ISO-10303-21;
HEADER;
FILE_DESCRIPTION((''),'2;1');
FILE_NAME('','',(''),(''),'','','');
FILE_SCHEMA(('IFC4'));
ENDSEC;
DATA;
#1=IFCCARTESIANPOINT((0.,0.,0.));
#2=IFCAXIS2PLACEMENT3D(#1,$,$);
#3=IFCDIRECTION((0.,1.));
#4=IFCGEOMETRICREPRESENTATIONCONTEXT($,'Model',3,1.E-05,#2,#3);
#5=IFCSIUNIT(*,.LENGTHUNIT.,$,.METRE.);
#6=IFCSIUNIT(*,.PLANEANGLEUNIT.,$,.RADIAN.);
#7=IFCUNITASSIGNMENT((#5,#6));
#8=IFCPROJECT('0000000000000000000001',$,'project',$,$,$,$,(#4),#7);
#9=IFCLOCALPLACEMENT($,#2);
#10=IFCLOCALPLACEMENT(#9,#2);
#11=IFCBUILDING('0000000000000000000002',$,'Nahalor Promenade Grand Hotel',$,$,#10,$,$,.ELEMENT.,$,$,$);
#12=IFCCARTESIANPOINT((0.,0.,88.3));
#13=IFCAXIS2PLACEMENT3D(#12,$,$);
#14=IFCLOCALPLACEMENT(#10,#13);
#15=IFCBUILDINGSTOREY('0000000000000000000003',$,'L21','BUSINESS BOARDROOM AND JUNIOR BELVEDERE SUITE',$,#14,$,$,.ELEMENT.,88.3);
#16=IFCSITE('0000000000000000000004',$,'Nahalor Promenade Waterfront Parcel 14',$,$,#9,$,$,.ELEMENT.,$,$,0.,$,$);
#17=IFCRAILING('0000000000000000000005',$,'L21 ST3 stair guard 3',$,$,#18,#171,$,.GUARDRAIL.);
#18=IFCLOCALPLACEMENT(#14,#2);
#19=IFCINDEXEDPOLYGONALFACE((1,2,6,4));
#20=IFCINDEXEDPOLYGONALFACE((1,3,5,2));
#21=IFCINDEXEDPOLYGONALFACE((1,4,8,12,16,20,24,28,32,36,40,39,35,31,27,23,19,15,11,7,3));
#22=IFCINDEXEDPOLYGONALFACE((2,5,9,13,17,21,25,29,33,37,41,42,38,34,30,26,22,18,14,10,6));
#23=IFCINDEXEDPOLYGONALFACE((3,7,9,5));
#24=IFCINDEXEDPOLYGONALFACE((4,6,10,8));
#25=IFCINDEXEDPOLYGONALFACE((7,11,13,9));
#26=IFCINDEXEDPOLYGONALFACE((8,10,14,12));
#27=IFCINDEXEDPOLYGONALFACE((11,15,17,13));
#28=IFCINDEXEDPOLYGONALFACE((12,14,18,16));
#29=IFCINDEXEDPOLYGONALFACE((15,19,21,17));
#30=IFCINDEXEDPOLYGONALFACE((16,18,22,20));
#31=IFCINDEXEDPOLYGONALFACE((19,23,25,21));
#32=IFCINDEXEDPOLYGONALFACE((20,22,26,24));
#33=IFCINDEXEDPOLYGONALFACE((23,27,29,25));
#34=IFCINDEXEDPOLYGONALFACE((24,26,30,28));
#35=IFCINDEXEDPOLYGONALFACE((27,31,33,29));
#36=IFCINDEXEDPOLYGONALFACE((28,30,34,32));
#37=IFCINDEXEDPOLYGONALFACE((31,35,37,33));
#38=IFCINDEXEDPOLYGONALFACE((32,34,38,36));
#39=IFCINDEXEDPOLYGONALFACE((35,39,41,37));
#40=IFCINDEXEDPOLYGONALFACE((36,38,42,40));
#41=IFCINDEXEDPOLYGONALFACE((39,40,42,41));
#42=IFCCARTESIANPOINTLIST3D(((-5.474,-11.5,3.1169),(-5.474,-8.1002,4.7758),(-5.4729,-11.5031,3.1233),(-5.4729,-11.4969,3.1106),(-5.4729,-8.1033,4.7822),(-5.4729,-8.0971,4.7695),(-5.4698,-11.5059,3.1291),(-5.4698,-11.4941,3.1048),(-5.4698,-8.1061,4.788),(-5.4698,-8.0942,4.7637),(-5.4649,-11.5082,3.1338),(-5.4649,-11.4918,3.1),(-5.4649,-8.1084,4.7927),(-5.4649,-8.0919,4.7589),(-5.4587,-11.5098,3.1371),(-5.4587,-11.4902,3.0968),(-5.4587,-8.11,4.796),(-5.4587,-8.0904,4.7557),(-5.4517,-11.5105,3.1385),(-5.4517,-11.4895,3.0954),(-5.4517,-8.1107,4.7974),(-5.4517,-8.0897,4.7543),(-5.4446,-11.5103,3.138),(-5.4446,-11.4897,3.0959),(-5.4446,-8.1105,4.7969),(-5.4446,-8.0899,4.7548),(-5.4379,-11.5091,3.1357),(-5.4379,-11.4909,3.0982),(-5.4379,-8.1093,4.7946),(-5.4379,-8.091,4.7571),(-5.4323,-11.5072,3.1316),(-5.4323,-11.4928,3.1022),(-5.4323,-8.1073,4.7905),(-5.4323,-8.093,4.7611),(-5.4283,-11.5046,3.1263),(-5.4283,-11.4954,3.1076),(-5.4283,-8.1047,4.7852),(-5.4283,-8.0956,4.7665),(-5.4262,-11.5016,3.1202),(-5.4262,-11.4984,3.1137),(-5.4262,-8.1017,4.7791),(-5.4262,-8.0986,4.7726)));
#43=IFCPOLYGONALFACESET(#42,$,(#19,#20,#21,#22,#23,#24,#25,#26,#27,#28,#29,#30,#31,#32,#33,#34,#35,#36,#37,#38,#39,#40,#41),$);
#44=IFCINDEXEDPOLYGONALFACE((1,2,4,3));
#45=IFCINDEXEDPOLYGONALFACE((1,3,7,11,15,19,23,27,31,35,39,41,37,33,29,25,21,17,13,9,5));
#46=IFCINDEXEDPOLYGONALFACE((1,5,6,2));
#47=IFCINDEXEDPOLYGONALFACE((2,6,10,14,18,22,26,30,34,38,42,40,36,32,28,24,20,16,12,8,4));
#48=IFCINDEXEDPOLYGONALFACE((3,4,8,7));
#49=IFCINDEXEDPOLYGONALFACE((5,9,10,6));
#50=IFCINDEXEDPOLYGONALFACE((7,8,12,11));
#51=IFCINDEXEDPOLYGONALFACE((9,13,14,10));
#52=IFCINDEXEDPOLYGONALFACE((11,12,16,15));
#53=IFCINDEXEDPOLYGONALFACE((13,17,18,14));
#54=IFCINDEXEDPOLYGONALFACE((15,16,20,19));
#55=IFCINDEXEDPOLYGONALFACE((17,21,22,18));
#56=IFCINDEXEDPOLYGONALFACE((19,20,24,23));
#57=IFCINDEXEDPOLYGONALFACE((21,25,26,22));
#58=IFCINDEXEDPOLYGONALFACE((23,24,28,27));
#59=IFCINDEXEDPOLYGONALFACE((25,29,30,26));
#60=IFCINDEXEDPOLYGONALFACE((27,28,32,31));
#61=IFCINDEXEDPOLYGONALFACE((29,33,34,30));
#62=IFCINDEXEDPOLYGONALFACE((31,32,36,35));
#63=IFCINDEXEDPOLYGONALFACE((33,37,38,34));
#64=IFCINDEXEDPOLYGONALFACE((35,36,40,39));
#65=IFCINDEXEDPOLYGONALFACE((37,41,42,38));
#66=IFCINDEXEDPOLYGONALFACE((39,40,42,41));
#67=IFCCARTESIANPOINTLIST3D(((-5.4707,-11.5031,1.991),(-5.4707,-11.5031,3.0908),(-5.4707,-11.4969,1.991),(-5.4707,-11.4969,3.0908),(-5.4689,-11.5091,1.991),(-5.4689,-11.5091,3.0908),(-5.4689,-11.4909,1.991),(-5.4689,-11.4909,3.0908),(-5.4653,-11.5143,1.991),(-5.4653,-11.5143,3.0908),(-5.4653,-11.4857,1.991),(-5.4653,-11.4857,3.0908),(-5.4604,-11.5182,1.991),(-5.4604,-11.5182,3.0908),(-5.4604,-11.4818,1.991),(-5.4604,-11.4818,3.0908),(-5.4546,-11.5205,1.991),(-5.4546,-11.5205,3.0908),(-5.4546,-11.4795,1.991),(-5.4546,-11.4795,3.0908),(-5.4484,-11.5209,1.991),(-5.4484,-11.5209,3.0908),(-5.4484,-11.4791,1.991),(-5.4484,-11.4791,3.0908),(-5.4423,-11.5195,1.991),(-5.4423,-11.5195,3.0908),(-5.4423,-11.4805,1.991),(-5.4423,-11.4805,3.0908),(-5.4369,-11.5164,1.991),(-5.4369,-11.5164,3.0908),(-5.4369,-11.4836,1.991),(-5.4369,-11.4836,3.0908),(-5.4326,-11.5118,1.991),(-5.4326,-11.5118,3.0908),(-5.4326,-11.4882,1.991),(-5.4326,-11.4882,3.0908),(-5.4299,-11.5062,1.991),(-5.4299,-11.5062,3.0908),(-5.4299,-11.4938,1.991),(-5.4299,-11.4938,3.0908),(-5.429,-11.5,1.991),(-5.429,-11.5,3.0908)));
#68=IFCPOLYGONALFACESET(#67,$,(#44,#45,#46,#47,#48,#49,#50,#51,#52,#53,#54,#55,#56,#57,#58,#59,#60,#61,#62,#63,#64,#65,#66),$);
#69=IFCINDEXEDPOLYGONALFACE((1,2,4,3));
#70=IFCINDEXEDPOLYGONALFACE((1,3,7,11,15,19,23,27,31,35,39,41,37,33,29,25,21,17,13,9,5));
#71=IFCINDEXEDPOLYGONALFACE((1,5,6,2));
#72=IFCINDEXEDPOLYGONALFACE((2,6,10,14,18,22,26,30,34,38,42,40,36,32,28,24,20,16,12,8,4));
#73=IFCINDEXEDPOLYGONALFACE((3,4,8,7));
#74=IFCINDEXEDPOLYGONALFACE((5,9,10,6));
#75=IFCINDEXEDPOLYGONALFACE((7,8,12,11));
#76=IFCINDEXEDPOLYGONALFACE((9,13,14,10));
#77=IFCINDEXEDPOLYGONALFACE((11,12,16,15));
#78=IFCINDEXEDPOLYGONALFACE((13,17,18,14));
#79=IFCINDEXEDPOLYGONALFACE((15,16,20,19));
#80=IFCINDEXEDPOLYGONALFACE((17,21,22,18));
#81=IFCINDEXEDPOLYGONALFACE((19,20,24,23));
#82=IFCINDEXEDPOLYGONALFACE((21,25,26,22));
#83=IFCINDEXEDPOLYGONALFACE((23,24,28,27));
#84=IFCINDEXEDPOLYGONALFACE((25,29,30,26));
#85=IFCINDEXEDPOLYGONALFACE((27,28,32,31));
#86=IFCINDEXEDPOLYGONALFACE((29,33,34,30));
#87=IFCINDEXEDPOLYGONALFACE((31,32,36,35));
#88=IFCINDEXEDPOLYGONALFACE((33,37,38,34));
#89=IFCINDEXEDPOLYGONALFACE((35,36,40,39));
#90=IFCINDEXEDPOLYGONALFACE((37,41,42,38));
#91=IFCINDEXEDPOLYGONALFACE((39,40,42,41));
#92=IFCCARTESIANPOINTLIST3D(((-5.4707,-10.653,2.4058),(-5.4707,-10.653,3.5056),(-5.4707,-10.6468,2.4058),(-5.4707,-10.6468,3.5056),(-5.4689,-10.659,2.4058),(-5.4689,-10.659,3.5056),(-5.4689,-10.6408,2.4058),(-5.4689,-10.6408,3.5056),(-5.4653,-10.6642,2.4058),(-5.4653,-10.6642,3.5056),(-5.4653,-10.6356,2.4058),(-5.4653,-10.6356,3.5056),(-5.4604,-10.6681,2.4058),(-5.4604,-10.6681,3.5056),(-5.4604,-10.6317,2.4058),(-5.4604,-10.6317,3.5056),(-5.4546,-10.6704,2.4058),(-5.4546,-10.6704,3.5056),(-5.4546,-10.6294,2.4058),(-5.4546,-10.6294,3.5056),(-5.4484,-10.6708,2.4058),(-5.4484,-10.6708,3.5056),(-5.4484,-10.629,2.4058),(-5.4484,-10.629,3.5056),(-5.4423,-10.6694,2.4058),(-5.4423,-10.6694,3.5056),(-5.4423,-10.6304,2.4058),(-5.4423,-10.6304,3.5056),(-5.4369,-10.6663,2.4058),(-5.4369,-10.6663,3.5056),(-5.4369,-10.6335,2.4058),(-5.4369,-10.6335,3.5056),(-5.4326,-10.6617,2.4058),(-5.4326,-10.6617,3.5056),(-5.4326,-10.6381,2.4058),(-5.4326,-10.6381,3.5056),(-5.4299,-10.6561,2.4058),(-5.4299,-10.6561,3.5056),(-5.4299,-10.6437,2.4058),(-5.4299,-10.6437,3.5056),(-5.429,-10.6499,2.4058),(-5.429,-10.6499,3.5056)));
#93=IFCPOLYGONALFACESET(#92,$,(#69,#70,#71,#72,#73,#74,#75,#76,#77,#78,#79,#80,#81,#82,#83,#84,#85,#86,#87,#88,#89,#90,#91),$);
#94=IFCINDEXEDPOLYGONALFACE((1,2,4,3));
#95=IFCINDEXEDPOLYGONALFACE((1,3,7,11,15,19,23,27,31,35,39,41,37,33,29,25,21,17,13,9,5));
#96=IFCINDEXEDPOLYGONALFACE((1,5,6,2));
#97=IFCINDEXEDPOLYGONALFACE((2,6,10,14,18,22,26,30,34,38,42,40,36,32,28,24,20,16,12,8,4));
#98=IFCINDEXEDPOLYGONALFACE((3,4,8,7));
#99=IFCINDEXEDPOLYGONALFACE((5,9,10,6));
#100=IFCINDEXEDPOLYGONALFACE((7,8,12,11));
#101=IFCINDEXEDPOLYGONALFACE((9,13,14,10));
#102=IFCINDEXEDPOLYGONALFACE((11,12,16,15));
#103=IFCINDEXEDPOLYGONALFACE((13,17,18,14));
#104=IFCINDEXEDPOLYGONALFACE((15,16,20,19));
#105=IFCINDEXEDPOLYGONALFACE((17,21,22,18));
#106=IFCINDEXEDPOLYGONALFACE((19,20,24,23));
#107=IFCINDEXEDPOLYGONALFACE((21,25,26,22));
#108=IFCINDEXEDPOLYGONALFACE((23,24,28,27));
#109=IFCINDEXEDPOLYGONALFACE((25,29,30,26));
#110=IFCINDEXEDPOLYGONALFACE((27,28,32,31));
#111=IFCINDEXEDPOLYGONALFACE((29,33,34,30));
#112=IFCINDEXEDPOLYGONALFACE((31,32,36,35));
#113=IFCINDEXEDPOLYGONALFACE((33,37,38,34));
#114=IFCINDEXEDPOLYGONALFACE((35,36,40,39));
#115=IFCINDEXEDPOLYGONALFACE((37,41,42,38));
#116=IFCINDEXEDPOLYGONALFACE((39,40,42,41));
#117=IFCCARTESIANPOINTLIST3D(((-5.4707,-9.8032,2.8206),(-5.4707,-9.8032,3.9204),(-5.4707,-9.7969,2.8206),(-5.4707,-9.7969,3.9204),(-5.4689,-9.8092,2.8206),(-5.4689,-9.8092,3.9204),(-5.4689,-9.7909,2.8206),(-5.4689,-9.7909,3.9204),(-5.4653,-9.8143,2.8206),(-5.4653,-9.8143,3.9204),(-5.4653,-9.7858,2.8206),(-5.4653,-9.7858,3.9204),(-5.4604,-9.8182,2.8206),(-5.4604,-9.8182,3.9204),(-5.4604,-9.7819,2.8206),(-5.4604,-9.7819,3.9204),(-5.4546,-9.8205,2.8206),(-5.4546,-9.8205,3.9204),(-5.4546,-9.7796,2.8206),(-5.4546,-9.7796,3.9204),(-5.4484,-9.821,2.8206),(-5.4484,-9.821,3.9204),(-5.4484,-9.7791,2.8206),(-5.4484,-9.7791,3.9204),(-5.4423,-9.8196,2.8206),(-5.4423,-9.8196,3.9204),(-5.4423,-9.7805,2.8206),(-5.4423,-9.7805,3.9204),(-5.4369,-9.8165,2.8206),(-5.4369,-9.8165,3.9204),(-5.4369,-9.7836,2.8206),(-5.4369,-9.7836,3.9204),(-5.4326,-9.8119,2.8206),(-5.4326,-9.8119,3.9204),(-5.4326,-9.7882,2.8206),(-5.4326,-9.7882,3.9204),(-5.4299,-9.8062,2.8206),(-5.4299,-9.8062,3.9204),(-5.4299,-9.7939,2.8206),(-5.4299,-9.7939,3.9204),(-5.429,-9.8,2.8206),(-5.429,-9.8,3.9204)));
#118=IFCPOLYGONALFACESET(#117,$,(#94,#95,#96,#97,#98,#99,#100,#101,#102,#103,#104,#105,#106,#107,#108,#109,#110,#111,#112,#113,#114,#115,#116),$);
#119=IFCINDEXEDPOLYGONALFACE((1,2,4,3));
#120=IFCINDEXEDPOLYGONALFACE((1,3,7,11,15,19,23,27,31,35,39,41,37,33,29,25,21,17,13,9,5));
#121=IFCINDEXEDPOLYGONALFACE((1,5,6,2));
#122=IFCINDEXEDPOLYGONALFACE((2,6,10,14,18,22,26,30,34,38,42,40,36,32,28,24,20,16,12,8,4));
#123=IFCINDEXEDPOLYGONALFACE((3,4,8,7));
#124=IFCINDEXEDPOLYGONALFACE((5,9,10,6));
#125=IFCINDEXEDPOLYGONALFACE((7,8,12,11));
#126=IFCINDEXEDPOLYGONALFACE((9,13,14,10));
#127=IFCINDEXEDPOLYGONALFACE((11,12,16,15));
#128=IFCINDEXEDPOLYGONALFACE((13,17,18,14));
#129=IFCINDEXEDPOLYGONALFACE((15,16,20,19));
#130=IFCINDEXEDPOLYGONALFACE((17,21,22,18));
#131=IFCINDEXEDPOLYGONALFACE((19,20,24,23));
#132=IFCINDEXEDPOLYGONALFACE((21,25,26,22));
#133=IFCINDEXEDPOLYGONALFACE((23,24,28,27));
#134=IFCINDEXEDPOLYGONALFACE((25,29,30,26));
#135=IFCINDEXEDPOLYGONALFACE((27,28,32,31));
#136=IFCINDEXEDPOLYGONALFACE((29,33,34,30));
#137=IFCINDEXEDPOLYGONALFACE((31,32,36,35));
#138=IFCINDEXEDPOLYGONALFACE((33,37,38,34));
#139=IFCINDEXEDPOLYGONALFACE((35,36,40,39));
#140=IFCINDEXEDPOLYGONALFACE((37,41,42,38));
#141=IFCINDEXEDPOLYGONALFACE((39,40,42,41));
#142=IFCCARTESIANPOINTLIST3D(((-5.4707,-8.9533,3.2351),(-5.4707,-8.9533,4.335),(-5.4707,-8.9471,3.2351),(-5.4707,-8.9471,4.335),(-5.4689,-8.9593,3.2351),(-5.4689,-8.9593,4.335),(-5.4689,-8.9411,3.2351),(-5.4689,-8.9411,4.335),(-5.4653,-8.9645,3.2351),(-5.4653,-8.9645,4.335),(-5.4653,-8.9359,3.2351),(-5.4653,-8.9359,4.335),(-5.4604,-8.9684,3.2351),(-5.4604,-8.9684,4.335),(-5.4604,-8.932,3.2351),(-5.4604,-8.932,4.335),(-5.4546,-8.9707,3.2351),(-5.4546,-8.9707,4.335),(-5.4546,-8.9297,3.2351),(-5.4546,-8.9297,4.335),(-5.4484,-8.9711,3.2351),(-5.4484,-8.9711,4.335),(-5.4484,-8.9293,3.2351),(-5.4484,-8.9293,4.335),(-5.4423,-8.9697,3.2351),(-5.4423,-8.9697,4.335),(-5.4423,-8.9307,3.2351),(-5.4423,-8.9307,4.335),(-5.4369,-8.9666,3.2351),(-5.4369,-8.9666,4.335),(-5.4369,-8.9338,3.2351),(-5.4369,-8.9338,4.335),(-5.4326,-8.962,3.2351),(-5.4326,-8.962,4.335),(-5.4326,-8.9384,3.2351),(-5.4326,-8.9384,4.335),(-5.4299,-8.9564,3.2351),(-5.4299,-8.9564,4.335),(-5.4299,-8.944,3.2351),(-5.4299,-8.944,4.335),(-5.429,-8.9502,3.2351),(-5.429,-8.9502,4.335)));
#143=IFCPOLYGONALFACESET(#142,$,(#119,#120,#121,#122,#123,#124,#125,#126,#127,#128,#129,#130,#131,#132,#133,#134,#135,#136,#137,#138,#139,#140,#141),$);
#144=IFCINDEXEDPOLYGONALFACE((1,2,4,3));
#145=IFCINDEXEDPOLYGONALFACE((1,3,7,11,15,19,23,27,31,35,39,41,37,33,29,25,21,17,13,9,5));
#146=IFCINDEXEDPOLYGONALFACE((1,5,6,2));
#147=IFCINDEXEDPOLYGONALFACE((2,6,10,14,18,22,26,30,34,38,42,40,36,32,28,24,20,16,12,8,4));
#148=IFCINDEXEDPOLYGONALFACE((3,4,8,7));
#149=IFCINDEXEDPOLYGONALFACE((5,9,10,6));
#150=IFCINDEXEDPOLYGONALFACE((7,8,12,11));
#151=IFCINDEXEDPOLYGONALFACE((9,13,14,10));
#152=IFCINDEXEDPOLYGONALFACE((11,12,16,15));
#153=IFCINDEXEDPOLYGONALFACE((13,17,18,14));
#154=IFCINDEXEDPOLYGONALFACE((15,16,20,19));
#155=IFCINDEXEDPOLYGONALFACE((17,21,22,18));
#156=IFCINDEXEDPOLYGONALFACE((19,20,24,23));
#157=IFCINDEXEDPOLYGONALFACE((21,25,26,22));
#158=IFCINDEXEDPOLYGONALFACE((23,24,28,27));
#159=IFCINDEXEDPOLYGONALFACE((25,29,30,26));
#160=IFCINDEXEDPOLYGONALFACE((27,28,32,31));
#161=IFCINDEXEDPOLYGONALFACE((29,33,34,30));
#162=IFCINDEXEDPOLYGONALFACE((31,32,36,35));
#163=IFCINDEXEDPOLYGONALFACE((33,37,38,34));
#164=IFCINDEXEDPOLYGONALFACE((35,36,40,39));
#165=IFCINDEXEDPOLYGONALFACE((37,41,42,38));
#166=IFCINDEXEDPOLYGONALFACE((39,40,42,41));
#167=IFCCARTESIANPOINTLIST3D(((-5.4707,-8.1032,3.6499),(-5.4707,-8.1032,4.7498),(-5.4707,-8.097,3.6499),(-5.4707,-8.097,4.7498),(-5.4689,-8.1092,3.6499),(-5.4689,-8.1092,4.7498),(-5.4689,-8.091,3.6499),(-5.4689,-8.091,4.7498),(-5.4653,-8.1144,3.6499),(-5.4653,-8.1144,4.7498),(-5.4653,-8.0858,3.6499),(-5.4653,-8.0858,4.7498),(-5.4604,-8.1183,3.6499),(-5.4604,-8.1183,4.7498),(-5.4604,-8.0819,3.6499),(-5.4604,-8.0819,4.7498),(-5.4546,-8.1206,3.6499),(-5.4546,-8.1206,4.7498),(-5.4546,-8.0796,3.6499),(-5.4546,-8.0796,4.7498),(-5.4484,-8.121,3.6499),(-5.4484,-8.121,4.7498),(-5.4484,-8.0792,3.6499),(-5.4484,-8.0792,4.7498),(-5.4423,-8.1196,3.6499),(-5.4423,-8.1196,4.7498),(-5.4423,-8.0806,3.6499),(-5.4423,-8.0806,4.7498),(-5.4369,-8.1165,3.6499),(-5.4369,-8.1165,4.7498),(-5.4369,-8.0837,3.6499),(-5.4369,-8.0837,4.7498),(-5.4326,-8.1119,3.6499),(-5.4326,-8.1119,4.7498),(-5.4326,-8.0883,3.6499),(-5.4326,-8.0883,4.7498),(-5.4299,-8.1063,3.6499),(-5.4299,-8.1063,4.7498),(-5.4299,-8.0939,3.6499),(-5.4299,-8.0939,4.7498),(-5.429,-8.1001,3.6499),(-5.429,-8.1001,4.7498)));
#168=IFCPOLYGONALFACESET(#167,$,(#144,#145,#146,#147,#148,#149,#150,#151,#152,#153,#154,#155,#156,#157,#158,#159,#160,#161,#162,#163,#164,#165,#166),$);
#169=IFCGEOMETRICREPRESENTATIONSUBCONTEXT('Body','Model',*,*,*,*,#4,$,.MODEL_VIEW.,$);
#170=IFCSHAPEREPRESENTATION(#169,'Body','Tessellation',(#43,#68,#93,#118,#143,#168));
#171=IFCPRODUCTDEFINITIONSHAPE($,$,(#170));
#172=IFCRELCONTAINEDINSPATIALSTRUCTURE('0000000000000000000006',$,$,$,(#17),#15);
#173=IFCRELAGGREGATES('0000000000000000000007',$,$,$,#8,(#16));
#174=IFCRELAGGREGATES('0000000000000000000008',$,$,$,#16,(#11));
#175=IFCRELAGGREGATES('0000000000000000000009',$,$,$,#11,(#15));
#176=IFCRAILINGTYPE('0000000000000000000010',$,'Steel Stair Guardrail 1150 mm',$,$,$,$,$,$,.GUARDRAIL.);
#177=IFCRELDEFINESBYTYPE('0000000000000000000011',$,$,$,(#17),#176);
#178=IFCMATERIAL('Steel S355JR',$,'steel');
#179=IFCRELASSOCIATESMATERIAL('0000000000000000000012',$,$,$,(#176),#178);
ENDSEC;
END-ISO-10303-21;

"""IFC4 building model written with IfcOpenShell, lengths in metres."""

from ifc_helpers import new_model, si_unit, direction, frame, origin, origin_2d, place, context, subcontext, project, spatial, circle, extrude, material, type_object, element, save


model = new_model("IFC4")

# Units and contexts
model_context = context("Model", 3, precision=1e-05, world=origin(), true_north=direction((0.0, 1.0)))
body_context = subcontext(model_context, "Body", "Model", "MODEL_VIEW")
ifc_project = project(units=[si_unit("LENGTHUNIT", "METRE"), si_unit("PLANEANGLEUNIT", "RADIAN")], contexts=[model_context])

# Site, building, storey
site_placement = place(None, origin())
site = spatial("IfcSite", under=ifc_project, at=site_placement, Name="Nahalor Promenade Waterfront Parcel 14", CompositionType="ELEMENT", RefElevation=0.0)
building_placement = place(site_placement, origin())
building = spatial("IfcBuilding", under=site, at=building_placement, Name="Nahalor Promenade Grand Hotel", CompositionType="ELEMENT")
storey_placement = place(building_placement, frame((0.0, 0.0, 88.3)))
storey = spatial("IfcBuildingStorey", under=building, at=storey_placement, Name="L21", Description="BUSINESS BOARDROOM AND JUNIOR BELVEDERE SUITE", CompositionType="ELEMENT", Elevation=88.3)

# Shared definitions
ifc_material_1 = material(Name="Steel S355JR", Category="steel")

# Railing
railing_type_1 = type_object("IfcRailingType", Name="Steel Stair Guardrail 1150 mm", PredefinedType="GUARDRAIL", material=ifc_material_1)
railing_1_placement = place(storey_placement, frame((-5.45, -11.5, 1.991)))
element("IfcRailing", 1, at=railing_1_placement, inside=storey, type_object=railing_type_1, Name="L21 ST3 stair guard 3", PredefinedType="GUARDRAIL", context=body_context, shape_type="SweptSolid", body=[
    extrude(circle(Radius=0.024, at=origin_2d()), frame((0.0, 0.0, 1.126), z_axis=(0.0, 0.898722, 0.438519), x_axis=(-1.0, 0.0, 0.0)), (0.0, 0.0, 1.0), 3.783),
    extrude(circle(Radius=0.021, at=origin_2d()), origin(), (0.0, 0.0, 1.0), 1.0999),
    extrude(circle(Radius=0.021, at=origin_2d()), frame((0.0, 0.8501, 0.4148)), (0.0, 0.0, 1.0), 1.0999),
    extrude(circle(Radius=0.021, at=origin_2d()), frame((0.0, 1.7, 0.8296)), (0.0, 0.0, 1.0), 1.0999),
    extrude(circle(Radius=0.021, at=origin_2d()), frame((0.0, 2.5498, 1.2441)), (0.0, 0.0, 1.0), 1.0999),
    extrude(circle(Radius=0.021, at=origin_2d()), frame((0.0, 3.3999, 1.6589)), (0.0, 0.0, 1.0), 1.0999),
])

save(model, "model.ifc")
